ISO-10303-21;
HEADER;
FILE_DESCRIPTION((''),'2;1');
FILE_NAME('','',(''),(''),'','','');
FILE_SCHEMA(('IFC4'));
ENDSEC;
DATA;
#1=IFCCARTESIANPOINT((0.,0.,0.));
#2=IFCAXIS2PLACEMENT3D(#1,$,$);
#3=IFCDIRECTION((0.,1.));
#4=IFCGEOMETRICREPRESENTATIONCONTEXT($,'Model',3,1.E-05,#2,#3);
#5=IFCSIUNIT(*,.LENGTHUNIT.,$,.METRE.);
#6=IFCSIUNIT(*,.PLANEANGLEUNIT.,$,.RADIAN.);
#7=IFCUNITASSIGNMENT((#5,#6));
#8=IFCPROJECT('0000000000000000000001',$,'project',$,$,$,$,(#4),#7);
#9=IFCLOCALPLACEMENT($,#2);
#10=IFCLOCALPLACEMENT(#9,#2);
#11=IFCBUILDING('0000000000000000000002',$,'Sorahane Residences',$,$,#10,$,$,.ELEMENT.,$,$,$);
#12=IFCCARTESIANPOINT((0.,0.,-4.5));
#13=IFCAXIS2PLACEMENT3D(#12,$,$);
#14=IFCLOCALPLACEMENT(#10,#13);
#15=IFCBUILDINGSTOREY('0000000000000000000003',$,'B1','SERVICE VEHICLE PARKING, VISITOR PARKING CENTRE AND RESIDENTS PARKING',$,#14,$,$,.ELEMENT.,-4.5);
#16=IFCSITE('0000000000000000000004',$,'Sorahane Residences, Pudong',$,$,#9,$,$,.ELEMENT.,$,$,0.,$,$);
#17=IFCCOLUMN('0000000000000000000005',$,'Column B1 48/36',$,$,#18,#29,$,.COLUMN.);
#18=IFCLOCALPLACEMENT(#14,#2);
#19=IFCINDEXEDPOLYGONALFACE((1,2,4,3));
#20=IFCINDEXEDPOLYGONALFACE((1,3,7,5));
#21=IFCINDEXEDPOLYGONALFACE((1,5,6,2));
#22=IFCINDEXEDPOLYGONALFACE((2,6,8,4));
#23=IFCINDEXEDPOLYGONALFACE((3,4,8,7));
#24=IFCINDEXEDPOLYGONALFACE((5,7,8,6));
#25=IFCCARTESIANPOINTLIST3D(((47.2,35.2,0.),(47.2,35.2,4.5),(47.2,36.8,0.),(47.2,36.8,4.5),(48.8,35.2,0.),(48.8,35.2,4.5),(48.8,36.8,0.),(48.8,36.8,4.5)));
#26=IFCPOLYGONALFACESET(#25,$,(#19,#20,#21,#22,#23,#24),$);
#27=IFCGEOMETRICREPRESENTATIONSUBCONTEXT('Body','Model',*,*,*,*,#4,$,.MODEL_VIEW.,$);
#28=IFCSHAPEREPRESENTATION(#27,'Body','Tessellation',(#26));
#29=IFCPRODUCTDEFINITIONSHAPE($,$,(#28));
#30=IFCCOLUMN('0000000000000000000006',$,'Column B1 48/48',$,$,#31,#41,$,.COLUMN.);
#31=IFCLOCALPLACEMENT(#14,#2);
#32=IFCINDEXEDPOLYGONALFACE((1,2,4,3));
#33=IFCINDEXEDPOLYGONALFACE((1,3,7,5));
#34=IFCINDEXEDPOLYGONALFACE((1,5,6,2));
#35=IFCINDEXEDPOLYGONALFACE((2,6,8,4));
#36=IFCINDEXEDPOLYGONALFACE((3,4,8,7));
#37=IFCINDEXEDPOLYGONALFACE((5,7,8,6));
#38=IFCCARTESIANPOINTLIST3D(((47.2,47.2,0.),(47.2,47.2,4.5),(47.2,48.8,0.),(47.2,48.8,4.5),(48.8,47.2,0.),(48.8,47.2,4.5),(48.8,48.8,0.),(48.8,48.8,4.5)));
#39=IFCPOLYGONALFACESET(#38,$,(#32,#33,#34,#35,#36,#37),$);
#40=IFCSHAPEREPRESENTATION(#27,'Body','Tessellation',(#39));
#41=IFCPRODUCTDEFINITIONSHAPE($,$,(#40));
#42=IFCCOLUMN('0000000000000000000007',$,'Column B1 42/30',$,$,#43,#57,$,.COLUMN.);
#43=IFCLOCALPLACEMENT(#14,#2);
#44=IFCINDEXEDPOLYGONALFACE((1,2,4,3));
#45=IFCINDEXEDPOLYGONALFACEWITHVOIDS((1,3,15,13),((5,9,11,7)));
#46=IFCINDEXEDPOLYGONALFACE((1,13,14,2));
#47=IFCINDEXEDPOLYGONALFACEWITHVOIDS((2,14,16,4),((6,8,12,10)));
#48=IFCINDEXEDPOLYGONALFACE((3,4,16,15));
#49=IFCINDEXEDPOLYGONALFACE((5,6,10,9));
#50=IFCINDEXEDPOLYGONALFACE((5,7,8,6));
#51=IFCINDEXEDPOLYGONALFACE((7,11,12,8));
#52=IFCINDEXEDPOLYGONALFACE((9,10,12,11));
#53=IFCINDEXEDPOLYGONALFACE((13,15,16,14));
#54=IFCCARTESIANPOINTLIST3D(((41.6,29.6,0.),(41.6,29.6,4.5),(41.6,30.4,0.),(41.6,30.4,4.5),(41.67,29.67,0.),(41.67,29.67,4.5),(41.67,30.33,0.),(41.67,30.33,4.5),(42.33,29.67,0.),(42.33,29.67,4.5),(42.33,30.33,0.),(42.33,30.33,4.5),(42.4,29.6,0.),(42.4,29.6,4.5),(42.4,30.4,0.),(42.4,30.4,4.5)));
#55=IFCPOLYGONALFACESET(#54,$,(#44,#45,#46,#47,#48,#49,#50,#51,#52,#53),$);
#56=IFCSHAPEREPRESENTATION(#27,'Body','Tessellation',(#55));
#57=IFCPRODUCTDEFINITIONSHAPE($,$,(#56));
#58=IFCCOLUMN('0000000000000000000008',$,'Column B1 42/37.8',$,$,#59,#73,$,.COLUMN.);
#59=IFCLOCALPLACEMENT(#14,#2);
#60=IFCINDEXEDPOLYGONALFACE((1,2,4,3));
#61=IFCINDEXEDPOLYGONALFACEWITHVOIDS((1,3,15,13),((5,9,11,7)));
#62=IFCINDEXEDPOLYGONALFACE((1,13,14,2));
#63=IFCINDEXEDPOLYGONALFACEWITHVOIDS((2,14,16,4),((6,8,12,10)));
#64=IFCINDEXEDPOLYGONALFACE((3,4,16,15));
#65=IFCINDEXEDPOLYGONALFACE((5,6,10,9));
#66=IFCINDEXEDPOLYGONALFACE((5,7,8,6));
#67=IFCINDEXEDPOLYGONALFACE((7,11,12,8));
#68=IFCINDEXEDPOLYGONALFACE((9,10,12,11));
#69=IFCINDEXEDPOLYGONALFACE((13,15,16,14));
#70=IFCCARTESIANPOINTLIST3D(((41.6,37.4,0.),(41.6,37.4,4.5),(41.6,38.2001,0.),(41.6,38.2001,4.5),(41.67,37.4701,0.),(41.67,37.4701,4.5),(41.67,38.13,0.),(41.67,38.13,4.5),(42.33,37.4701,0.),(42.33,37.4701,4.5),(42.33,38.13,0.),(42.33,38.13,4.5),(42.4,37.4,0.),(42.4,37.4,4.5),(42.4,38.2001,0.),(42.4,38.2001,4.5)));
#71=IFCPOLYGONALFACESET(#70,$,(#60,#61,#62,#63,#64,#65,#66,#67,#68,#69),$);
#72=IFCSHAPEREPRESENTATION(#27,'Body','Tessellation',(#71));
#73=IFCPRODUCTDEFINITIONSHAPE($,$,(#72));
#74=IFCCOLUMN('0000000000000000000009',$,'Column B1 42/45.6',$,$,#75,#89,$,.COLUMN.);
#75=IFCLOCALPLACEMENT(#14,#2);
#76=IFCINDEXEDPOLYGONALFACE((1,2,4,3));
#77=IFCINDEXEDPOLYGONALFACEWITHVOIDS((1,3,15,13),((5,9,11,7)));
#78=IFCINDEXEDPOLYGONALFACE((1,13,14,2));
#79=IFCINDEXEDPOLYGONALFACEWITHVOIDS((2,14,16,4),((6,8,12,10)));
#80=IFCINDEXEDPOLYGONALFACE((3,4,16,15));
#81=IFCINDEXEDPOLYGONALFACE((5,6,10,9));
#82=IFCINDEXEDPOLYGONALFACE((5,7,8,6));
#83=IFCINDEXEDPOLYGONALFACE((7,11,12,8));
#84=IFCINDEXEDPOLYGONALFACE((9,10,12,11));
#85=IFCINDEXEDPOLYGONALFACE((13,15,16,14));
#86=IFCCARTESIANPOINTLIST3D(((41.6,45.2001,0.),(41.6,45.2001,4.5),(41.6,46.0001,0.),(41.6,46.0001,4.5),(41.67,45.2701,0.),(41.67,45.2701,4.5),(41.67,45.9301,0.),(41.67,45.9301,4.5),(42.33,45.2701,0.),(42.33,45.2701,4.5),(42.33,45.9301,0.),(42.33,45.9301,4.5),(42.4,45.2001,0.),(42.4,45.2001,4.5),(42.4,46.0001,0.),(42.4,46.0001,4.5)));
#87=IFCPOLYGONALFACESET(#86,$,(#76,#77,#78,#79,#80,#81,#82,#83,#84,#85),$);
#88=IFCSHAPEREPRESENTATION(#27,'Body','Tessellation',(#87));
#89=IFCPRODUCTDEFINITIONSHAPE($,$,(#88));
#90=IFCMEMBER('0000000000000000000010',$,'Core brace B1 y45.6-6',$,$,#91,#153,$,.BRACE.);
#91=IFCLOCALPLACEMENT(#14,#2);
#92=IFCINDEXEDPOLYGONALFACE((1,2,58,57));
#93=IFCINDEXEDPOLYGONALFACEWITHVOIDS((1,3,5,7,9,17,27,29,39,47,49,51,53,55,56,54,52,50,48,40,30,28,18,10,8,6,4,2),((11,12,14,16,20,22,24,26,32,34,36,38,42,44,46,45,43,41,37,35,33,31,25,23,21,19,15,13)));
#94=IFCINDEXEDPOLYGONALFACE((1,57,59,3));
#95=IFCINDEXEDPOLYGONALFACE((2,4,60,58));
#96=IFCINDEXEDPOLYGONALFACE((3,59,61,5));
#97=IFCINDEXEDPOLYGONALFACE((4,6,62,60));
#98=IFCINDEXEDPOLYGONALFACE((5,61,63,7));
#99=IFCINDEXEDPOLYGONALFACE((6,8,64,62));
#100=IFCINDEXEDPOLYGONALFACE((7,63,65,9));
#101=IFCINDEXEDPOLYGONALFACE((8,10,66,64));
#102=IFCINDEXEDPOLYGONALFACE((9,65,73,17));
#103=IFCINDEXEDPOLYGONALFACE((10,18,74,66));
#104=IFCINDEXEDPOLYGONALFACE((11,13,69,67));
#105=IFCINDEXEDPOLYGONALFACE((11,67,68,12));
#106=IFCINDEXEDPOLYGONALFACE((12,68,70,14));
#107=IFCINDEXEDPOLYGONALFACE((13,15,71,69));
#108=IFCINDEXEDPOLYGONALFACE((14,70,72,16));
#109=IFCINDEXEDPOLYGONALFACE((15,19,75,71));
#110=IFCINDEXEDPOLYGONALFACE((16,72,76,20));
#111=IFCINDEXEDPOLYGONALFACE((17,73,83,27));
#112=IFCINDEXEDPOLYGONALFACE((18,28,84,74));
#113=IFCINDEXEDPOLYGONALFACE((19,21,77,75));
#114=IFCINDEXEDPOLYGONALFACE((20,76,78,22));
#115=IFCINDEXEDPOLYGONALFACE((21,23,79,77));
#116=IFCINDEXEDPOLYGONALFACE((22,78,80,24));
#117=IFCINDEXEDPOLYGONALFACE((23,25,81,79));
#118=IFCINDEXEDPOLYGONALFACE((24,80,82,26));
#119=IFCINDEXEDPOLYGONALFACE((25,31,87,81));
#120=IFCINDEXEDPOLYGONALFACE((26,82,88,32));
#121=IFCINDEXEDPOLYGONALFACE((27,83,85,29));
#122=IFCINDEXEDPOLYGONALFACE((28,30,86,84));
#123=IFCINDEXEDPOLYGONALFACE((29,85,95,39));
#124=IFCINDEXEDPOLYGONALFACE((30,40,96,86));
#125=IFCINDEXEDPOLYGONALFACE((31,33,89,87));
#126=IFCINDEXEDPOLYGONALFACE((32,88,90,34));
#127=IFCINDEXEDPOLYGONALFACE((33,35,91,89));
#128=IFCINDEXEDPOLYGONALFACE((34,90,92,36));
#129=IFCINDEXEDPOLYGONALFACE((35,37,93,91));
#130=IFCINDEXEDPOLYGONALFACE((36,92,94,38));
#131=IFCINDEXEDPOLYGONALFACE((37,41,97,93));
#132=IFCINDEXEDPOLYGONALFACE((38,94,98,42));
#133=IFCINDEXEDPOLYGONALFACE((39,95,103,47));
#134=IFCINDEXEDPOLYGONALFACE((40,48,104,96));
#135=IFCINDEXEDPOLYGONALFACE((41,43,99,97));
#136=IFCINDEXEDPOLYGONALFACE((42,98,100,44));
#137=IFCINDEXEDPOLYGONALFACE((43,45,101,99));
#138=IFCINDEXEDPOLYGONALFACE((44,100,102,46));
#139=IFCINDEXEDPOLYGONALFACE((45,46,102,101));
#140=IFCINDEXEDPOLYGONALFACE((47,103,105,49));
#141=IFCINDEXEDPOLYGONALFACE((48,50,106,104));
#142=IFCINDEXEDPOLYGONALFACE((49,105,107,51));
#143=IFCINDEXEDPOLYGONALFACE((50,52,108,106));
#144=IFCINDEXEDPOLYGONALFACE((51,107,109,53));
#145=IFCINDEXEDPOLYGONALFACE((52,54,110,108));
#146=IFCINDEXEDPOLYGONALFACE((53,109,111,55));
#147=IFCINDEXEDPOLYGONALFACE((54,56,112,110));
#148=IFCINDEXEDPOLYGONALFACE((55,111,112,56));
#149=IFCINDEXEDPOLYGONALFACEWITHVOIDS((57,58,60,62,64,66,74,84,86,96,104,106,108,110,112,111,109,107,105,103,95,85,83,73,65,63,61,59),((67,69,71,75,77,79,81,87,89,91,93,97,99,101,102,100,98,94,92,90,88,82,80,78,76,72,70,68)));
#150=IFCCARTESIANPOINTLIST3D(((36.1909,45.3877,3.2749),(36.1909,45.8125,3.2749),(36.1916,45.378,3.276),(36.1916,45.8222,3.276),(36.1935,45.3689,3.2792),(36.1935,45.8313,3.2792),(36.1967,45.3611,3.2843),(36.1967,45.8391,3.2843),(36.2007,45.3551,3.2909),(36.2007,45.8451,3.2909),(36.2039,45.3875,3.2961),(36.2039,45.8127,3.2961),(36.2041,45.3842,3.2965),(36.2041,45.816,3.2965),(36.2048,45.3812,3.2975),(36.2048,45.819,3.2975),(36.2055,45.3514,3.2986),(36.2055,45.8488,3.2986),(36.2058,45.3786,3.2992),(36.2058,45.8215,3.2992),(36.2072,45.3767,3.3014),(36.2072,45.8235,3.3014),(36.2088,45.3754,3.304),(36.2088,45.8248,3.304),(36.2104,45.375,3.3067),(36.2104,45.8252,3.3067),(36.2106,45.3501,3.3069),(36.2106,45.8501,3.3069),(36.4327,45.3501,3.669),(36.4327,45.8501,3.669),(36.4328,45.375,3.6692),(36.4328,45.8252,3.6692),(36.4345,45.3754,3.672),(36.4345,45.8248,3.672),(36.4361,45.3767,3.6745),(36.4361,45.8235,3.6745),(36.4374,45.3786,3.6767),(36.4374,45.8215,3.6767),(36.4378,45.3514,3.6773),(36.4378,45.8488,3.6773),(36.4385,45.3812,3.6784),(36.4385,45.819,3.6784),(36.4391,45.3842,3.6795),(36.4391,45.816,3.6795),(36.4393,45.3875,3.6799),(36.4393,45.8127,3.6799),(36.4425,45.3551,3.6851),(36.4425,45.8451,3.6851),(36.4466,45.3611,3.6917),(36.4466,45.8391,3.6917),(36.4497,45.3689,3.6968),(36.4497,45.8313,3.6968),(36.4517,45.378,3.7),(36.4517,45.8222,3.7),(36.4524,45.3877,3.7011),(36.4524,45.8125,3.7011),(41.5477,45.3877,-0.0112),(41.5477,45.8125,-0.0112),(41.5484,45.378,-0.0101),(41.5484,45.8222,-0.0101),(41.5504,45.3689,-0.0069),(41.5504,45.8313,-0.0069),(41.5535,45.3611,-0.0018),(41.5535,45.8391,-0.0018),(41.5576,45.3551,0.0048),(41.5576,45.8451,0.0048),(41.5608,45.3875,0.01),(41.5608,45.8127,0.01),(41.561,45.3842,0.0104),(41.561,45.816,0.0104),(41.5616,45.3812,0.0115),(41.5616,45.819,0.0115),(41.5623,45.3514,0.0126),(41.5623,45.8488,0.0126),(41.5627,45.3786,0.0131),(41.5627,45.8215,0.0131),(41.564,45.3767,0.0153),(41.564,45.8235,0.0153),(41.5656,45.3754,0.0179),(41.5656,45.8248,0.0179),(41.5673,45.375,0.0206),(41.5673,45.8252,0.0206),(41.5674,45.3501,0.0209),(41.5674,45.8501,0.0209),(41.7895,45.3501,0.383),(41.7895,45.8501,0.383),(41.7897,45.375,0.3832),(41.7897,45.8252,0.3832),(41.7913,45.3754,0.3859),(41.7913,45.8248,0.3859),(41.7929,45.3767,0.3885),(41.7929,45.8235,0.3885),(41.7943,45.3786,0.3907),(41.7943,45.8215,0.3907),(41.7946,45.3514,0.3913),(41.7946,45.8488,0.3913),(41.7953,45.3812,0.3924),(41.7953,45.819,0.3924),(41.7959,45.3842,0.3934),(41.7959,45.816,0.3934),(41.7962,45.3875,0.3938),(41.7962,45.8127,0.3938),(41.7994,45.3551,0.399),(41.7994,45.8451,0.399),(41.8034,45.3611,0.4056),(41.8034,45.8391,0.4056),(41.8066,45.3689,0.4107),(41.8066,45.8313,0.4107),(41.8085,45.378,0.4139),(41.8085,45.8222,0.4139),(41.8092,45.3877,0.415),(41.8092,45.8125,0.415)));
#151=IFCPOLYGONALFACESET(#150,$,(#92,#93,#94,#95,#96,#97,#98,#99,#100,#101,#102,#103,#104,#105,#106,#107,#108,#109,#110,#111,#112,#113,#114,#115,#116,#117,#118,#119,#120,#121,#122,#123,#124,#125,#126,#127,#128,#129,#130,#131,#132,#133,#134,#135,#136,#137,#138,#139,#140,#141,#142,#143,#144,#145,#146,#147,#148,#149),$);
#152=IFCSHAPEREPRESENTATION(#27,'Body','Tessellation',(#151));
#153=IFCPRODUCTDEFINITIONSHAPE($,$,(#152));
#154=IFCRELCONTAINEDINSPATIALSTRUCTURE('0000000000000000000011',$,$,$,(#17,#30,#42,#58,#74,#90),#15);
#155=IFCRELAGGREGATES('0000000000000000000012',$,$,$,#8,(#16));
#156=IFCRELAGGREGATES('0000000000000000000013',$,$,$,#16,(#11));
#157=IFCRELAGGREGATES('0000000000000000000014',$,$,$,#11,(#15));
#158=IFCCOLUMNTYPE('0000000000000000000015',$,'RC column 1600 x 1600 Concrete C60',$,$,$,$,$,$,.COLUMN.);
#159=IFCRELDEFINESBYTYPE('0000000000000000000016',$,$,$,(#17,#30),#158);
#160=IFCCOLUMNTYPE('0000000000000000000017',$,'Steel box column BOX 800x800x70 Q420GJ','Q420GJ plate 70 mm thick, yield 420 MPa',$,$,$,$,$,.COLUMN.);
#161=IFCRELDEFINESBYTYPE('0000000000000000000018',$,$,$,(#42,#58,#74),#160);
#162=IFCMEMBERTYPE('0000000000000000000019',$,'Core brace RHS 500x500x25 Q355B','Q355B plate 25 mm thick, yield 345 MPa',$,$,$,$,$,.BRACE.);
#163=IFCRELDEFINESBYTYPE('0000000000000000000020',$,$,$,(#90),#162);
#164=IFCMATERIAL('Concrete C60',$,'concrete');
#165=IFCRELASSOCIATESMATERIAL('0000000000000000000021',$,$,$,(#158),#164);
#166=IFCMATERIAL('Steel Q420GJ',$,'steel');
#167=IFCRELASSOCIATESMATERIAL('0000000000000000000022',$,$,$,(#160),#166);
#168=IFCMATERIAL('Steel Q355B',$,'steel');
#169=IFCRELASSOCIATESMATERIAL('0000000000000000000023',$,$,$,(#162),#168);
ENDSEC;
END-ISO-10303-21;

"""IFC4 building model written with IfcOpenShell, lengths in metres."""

from ifc_helpers import new_model, si_unit, direction, frame, origin, origin_2d, place, context, subcontext, project, spatial, rectangle, hollow_rectangle, extrude, material, material_profile, profile_set, type_object, element, save


model = new_model("IFC4")

# Units and contexts
model_context = context("Model", 3, precision=1e-05, world=origin(), true_north=direction((0.0, 1.0)))
body_context = subcontext(model_context, "Body", "Model", "MODEL_VIEW")
ifc_project = project(units=[si_unit("LENGTHUNIT", "METRE"), si_unit("PLANEANGLEUNIT", "RADIAN")], contexts=[model_context])

# Site, building, storey
site_placement = place(None, origin())
site = spatial("IfcSite", under=ifc_project, at=site_placement, Name="Sorahane Residences, Pudong", CompositionType="ELEMENT", RefElevation=0.0)
building_placement = place(site_placement, origin())
building = spatial("IfcBuilding", under=site, at=building_placement, Name="Sorahane Residences", CompositionType="ELEMENT")
storey_placement = place(building_placement, frame((0.0, 0.0, -4.5)))
storey = spatial("IfcBuildingStorey", under=building, at=storey_placement, Name="B1", Description="SERVICE VEHICLE PARKING, VISITOR PARKING CENTRE AND RESIDENTS PARKING", CompositionType="ELEMENT", Elevation=-4.5)

# Columns
ifc_material_1 = material(Name="Concrete C60", Category="concrete")
ifc_material_profile_1 = material_profile(ifc_material_1, rectangle(XDim=1.6001, YDim=1.6001, at=origin_2d()), Name="1600x1600")
ifc_profile_set_1 = profile_set([ifc_material_profile_1], Name="Concrete C60")
column_type_1 = type_object("IfcColumnType", Name="RC column 1600 x 1600 Concrete C60", PredefinedType="COLUMN", material=ifc_profile_set_1)
for number, where, z_axis, x_axis, name in (
    (1, (48.0, 36.0, 0.0), (0.0, 0.0, 1.0), (1.0, 0.0, 0.0), "Column B1 48/36"),
    (2, (48.0, 48.0, 0.0), (0.0, 0.0, 1.0), (1.0, 0.0, 0.0), "Column B1 48/48"),
):
    element("IfcColumn", number, at=place(storey_placement, frame(where, z_axis=z_axis, x_axis=x_axis)), inside=storey, type_object=column_type_1, Name=name, PredefinedType="COLUMN", context=body_context, shape_type="SweptSolid", body=[
        extrude(rectangle(XDim=1.6001, YDim=1.6001, at=origin_2d()), origin(), (0.0, 0.0, 1.0), 4.5),
    ])
ifc_material_2 = material(Name="Steel Q420GJ", Category="steel")
ifc_material_profile_2 = material_profile(ifc_material_2, hollow_rectangle(XDim=0.8, YDim=0.8, WallThickness=0.0701, at=origin_2d()), Name="BOX 800x800x70")
ifc_profile_set_2 = profile_set([ifc_material_profile_2], Name="Steel Q420GJ")
column_type_2 = type_object("IfcColumnType", Name="Steel box column BOX 800x800x70 Q420GJ", Description="Q420GJ plate 70 mm thick, yield 420 MPa", PredefinedType="COLUMN", material=ifc_profile_set_2)
for number, where, z_axis, x_axis, name in (
    (3, (42.0, 30.0, 0.0), (0.0, 0.0, 1.0), (1.0, 0.0, 0.0), "Column B1 42/30"),
    (4, (42.0, 37.8, 0.0), (0.0, 0.0, 1.0), (1.0, 0.0, 0.0), "Column B1 42/37.8"),
    (5, (42.0, 45.6001, 0.0), (0.0, 0.0, 1.0), (1.0, 0.0, 0.0), "Column B1 42/45.6"),
):
    element("IfcColumn", number, at=place(storey_placement, frame(where, z_axis=z_axis, x_axis=x_axis)), inside=storey, type_object=column_type_2, Name=name, PredefinedType="COLUMN", context=body_context, shape_type="SweptSolid", body=[
        extrude(hollow_rectangle(XDim=0.8, YDim=0.8, WallThickness=0.0701, at=origin_2d()), origin(), (0.0, 0.0, 1.0), 4.5),
    ])

# Member
ifc_material_3 = material(Name="Steel Q355B", Category="steel")
ifc_material_profile_3 = material_profile(ifc_material_3, hollow_rectangle(XDim=0.5, YDim=0.5, WallThickness=0.0249, InnerFilletRadius=0.0125, OuterFilletRadius=0.0376, at=origin_2d()), Name="RHS 500x500x25")
ifc_profile_set_3 = profile_set([ifc_material_profile_3], Name="Steel Q355B")
member_type = type_object("IfcMemberType", Name="Core brace RHS 500x500x25 Q355B", Description="Q355B plate 25 mm thick, yield 345 MPa", PredefinedType="BRACE", material=ifc_profile_set_3)
member_1_placement = place(storey_placement, frame((41.6785, 45.6001, 0.2019), z_axis=(-0.852399, 0.0, 0.522892), x_axis=(0.0, -1.0, 0.0)))
element("IfcMember", 6, at=member_1_placement, inside=storey, type_object=member_type, Name="Core brace B1 y45.6-6", PredefinedType="BRACE", context=body_context, shape_type="SweptSolid", body=[
    extrude(hollow_rectangle(XDim=0.5, YDim=0.5, WallThickness=0.0249, InnerFilletRadius=0.0125, OuterFilletRadius=0.0376, at=origin_2d()), origin(), (0.0, 0.0, 1.0), 6.2844),
])

save(model, "model.ifc")
